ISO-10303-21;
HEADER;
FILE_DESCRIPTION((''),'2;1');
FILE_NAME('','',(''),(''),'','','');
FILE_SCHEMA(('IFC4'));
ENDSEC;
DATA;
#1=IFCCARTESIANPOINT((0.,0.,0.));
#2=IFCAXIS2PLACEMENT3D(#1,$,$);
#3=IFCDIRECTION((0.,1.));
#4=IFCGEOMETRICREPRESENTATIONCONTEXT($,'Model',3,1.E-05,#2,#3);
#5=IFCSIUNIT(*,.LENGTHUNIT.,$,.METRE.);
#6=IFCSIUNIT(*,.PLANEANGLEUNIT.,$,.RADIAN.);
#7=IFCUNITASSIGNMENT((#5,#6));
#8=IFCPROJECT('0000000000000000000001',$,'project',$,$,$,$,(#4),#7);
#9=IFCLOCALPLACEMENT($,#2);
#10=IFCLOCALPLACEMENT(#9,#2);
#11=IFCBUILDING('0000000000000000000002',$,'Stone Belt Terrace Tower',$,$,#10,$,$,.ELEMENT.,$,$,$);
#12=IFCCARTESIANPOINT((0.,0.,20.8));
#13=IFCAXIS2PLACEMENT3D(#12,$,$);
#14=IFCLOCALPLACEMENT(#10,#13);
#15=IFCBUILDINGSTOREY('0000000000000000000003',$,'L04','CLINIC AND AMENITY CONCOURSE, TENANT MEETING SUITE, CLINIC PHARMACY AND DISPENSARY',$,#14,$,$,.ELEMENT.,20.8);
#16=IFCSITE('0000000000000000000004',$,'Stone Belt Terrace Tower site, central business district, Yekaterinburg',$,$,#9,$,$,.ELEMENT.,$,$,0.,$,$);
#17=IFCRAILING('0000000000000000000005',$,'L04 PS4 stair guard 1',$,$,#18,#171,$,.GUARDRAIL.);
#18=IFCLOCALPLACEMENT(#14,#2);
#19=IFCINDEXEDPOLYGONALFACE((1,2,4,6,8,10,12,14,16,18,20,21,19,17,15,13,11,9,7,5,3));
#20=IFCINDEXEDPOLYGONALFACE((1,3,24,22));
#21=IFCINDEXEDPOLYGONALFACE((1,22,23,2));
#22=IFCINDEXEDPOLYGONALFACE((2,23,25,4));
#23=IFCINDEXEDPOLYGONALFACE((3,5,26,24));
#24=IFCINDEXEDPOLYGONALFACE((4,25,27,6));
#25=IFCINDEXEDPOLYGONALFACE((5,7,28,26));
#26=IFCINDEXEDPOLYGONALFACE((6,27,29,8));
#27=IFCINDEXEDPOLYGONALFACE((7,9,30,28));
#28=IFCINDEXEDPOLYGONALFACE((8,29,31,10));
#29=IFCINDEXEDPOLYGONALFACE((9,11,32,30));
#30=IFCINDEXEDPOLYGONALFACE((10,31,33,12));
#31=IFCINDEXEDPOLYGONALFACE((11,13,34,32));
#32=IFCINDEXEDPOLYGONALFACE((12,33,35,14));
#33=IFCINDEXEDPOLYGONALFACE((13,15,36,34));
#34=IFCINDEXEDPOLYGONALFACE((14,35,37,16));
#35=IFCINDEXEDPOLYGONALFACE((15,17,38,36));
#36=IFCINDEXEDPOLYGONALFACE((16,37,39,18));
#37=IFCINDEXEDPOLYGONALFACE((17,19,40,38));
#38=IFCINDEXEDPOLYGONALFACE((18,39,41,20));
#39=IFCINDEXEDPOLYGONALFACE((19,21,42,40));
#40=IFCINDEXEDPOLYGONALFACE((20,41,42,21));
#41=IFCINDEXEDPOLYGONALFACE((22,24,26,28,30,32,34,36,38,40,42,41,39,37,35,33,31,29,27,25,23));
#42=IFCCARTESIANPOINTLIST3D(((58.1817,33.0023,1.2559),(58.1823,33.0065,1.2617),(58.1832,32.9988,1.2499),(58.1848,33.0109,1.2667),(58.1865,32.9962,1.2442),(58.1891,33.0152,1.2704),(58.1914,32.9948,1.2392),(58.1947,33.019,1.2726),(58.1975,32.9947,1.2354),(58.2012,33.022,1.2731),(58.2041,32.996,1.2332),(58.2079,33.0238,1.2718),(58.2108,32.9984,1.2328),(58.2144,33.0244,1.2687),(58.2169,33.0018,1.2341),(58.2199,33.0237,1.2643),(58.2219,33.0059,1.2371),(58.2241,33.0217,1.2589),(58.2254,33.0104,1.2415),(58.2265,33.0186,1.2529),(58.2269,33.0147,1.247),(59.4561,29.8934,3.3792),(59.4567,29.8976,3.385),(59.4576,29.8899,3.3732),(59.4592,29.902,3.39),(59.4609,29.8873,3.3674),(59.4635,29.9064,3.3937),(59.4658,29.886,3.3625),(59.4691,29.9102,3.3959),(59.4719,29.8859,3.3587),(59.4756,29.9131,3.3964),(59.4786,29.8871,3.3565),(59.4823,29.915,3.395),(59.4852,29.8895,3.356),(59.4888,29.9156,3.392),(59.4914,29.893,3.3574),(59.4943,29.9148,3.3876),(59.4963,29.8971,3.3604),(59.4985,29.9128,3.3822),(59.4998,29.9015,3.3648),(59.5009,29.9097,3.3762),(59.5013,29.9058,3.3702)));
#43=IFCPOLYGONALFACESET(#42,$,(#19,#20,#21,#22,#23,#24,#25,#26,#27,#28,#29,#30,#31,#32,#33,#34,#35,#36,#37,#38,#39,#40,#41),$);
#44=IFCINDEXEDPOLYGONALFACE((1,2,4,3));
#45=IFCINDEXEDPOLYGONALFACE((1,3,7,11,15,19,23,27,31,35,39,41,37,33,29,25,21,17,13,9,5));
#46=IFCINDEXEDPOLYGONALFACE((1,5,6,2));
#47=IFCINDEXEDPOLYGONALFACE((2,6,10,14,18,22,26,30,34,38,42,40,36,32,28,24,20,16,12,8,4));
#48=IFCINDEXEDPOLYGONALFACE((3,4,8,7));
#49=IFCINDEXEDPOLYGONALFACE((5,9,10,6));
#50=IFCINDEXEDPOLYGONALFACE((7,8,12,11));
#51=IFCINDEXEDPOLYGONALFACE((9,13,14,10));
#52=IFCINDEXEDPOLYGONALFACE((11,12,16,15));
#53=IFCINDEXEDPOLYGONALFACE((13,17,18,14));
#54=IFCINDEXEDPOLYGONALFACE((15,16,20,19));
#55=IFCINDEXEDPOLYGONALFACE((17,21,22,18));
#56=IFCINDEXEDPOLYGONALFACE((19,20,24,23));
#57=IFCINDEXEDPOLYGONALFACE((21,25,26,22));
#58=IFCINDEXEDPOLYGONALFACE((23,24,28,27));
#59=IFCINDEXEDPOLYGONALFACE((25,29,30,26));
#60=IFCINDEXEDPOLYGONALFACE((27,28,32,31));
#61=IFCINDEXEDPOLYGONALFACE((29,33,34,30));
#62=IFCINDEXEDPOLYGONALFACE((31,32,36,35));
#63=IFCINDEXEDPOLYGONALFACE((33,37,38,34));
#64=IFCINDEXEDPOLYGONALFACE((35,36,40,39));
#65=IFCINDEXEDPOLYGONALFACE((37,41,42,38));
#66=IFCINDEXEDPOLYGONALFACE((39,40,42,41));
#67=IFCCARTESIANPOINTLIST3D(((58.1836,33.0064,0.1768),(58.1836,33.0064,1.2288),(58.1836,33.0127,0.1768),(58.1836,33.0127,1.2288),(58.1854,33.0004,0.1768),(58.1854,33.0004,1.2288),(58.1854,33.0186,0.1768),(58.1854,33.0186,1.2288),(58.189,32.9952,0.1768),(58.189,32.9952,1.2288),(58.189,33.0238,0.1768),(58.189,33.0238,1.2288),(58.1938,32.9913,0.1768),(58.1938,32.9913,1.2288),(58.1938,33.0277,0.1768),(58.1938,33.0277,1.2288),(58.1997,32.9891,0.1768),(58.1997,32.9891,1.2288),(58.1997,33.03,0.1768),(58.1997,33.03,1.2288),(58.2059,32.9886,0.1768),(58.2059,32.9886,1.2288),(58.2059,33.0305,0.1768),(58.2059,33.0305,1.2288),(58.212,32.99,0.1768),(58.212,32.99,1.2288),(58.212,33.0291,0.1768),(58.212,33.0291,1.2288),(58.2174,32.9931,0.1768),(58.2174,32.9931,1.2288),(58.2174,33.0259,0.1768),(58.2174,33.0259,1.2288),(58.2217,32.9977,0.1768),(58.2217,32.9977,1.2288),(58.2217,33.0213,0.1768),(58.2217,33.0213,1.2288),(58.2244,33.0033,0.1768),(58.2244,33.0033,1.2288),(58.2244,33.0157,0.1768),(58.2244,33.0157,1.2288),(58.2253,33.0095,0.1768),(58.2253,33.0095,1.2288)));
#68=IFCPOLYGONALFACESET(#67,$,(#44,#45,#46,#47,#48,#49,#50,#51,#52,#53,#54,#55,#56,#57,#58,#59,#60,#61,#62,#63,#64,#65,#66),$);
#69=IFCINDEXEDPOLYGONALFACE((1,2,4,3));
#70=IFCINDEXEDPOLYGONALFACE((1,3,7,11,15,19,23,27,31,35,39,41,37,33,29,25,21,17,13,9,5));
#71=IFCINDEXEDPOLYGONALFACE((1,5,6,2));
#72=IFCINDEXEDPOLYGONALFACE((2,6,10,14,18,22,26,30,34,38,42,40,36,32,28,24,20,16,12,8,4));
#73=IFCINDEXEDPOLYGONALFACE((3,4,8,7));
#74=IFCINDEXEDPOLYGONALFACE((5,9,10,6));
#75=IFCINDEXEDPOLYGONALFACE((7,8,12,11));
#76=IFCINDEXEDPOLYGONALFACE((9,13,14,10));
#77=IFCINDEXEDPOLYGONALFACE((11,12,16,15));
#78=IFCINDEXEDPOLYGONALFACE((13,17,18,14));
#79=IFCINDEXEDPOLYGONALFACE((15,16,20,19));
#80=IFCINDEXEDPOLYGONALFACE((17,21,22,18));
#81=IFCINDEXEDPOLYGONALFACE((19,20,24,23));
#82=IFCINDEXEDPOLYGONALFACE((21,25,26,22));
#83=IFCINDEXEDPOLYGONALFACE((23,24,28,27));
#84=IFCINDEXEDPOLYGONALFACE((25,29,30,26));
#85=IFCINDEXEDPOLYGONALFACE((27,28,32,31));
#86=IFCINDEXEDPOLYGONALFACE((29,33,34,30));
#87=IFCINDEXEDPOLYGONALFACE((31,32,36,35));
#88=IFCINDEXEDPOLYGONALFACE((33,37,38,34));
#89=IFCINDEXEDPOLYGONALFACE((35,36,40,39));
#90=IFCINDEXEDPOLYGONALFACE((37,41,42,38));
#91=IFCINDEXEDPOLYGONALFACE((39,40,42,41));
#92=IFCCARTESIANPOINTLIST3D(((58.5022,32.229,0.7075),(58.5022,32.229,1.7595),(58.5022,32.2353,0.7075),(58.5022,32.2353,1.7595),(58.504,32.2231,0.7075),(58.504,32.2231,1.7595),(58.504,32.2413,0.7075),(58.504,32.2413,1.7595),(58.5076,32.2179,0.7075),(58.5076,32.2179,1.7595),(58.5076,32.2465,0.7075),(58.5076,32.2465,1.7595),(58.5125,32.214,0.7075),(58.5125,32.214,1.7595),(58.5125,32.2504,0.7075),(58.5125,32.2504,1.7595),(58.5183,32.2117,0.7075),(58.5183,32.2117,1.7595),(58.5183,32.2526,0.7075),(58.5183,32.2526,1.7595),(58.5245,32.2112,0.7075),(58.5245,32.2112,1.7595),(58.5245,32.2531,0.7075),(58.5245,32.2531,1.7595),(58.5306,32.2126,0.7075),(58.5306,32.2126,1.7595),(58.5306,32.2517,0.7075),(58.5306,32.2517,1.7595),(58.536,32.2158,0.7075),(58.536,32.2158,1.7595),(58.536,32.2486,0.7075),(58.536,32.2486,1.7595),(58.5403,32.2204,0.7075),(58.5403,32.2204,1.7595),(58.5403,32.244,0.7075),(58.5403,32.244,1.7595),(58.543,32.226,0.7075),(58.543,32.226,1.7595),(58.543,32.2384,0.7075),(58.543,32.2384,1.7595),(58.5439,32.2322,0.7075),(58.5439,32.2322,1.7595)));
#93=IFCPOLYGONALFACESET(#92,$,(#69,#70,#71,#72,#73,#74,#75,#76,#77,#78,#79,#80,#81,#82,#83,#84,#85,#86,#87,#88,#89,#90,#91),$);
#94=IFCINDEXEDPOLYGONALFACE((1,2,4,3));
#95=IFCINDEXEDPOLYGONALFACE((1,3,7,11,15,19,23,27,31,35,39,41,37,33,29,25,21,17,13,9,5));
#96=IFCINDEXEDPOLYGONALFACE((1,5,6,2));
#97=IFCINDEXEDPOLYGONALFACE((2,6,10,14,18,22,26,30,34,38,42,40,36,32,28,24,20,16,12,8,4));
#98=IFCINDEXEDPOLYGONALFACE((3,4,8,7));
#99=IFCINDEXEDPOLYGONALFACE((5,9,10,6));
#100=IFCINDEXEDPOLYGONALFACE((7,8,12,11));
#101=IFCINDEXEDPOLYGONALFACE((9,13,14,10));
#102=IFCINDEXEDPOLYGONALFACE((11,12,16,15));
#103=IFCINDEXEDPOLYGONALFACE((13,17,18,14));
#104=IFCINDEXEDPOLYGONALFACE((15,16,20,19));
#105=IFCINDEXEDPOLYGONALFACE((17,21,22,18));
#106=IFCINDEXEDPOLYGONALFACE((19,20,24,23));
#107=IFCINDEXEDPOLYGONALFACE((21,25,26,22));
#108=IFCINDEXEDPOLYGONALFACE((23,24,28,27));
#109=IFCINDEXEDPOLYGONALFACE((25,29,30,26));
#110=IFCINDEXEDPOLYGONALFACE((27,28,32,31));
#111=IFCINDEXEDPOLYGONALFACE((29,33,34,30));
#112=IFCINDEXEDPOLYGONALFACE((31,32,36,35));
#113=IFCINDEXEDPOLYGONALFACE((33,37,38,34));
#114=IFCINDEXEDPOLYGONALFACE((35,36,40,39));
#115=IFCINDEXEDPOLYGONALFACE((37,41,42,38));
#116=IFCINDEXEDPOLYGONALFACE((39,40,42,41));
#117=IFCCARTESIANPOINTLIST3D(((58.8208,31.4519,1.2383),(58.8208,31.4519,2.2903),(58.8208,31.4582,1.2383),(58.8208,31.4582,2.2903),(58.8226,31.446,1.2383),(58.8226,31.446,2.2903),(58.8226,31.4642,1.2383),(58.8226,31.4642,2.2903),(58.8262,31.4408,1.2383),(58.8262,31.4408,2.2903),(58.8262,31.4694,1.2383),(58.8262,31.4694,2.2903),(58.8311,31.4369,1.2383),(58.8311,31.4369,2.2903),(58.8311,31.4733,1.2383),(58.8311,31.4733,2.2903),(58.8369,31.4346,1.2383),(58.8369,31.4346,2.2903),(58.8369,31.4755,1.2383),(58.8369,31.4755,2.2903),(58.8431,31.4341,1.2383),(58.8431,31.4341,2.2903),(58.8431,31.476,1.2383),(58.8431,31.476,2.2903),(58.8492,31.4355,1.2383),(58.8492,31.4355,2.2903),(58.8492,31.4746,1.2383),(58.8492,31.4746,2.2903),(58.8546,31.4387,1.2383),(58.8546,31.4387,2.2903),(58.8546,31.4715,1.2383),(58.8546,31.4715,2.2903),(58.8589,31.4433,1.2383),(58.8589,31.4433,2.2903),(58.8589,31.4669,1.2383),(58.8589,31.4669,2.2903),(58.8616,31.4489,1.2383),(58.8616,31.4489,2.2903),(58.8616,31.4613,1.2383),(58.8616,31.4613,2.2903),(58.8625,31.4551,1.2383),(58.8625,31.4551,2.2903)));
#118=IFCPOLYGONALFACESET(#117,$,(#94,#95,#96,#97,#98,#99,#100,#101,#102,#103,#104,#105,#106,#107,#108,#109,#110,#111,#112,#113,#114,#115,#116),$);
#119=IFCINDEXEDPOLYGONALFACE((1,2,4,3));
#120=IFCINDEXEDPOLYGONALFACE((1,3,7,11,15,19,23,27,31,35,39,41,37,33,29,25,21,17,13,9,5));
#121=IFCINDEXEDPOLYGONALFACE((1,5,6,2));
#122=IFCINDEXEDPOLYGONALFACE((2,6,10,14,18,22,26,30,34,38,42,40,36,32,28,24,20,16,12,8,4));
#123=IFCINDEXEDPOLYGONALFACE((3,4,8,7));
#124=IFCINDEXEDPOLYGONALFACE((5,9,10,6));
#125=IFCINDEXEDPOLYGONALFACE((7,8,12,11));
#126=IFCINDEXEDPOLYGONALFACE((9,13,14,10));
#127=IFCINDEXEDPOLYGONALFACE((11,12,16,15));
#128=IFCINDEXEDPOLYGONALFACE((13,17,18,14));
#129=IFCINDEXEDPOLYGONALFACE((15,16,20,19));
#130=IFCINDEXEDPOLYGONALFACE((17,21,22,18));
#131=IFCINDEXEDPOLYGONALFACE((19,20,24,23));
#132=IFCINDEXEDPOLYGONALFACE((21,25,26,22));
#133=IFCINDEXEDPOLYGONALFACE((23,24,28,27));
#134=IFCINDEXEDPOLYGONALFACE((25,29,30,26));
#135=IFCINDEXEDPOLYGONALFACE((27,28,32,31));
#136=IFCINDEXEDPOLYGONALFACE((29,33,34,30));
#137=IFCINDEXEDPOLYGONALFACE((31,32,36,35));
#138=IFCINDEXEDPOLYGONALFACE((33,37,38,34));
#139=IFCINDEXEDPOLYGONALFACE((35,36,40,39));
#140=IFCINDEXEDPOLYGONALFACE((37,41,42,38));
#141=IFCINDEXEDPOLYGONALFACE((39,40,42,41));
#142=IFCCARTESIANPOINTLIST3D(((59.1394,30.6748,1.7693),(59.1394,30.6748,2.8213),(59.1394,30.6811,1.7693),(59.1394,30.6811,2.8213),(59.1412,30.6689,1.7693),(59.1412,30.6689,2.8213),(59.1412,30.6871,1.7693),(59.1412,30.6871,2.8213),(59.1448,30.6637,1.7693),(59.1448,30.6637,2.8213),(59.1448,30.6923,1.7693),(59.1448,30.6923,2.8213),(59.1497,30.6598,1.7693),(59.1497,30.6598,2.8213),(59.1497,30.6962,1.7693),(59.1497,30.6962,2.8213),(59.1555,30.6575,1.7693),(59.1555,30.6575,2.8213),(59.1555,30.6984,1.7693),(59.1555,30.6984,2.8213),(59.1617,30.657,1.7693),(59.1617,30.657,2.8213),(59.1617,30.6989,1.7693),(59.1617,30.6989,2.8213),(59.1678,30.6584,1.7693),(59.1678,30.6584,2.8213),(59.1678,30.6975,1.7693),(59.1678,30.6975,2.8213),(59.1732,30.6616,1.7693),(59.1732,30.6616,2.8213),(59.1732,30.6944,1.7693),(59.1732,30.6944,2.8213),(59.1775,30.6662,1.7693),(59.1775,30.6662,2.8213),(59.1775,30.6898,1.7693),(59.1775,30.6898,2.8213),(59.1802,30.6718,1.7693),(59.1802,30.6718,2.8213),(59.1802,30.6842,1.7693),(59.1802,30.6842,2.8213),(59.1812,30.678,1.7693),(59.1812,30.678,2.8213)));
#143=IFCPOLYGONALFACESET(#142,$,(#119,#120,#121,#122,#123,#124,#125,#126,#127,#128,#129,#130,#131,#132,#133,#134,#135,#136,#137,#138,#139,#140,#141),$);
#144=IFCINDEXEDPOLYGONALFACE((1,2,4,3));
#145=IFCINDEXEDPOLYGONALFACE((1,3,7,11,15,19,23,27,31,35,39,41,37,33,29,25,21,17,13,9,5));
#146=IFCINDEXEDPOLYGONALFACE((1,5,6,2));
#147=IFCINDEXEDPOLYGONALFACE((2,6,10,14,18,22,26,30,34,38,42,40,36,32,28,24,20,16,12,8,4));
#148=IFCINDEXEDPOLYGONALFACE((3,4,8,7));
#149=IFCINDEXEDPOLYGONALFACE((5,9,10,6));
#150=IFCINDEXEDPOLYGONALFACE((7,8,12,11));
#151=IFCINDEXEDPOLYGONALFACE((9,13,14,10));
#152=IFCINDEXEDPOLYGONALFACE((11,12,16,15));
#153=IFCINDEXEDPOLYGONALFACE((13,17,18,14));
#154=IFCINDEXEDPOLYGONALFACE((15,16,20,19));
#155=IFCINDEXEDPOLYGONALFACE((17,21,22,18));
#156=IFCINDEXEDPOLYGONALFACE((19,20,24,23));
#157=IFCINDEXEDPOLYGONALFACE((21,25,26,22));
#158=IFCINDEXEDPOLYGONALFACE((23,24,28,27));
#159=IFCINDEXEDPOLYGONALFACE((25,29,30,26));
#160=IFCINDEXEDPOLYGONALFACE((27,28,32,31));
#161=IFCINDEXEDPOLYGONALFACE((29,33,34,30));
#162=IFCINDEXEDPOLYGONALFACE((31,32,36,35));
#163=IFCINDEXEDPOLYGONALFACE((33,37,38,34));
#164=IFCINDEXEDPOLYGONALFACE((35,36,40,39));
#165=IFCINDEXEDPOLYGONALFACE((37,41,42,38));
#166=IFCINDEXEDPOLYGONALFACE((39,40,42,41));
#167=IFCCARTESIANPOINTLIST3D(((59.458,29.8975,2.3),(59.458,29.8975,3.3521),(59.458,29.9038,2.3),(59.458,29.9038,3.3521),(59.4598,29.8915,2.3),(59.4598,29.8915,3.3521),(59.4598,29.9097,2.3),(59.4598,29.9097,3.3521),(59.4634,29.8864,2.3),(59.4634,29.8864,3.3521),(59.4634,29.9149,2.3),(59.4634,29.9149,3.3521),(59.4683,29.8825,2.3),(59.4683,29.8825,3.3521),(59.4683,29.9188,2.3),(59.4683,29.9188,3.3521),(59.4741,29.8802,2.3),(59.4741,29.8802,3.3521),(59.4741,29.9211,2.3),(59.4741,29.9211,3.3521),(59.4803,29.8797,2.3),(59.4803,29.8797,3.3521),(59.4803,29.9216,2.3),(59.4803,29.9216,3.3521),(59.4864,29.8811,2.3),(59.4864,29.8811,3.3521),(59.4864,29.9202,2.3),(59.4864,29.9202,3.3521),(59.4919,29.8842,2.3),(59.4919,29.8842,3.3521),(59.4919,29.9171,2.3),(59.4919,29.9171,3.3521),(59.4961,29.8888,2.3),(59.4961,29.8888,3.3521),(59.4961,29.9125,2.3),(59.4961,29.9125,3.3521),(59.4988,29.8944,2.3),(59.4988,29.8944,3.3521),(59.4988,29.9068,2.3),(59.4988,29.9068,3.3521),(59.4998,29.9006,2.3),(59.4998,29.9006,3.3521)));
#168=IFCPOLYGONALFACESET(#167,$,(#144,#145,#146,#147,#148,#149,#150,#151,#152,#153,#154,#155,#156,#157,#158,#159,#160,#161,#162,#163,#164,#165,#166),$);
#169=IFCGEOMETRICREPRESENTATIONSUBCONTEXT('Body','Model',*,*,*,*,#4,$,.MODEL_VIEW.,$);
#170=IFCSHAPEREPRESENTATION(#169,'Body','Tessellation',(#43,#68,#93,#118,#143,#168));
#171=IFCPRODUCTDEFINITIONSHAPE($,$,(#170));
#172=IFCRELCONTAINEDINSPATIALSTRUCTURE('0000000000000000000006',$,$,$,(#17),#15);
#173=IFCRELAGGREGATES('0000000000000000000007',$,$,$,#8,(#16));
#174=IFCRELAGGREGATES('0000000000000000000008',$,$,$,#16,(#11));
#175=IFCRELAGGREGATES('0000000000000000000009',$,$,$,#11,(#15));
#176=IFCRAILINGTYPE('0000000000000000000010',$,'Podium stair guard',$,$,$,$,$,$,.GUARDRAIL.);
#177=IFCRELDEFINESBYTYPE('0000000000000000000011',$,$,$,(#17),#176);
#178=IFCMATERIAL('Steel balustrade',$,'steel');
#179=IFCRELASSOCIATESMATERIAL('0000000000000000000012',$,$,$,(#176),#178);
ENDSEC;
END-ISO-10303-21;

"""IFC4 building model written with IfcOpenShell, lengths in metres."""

from ifc_helpers import new_model, si_unit, direction, frame, origin, origin_2d, place, context, subcontext, project, spatial, circle, extrude, material, type_object, element, save


model = new_model("IFC4")

# Units and contexts
model_context = context("Model", 3, precision=1e-05, world=origin(), true_north=direction((0.0, 1.0)))
body_context = subcontext(model_context, "Body", "Model", "MODEL_VIEW")
ifc_project = project(units=[si_unit("LENGTHUNIT", "METRE"), si_unit("PLANEANGLEUNIT", "RADIAN")], contexts=[model_context])

# Site, building, storey
site_placement = place(None, origin())
site = spatial("IfcSite", under=ifc_project, at=site_placement, Name="Stone Belt Terrace Tower site, central business district, Yekaterinburg", CompositionType="ELEMENT", RefElevation=0.0)
building_placement = place(site_placement, origin())
building = spatial("IfcBuilding", under=site, at=building_placement, Name="Stone Belt Terrace Tower", CompositionType="ELEMENT")
storey_placement = place(building_placement, frame((0.0, 0.0, 20.8)))
storey = spatial("IfcBuildingStorey", under=building, at=storey_placement, Name="L04", Description="CLINIC AND AMENITY CONCOURSE, TENANT MEETING SUITE, CLINIC PHARMACY AND DISPENSARY", CompositionType="ELEMENT", Elevation=20.8)

# Railing
ifc_material_1 = material(Name="Steel balustrade", Category="steel")
railing_type_1 = type_object("IfcRailingType", Name="Podium stair guard", PredefinedType="GUARDRAIL", material=ifc_material_1)
railing_1_placement = place(storey_placement, frame((58.2043, 33.0095, 0.1768)))
element("IfcRailing", 1, at=railing_1_placement, inside=storey, type_object=railing_type_1, Name="L04 PS4 stair guard 1", PredefinedType="GUARDRAIL", context=body_context, shape_type="SweptSolid", body=[
    extrude(circle(Radius=0.0239, at=origin_2d()), frame((0.0, 0.0, 1.0762), z_axis=(0.320637, -0.782183, 0.534211), x_axis=(0.925276, 0.379295, 0.0)), (0.0, 0.0, 1.0), 3.9746),
    extrude(circle(Radius=0.021, at=origin_2d()), origin(), (0.0, 0.0, 1.0), 1.052),
    extrude(circle(Radius=0.021, at=origin_2d()), frame((0.3186, -0.7773, 0.5308)), (0.0, 0.0, 1.0), 1.052),
    extrude(circle(Radius=0.021, at=origin_2d()), frame((0.6372, -1.5544, 1.0615)), (0.0, 0.0, 1.0), 1.052),
    extrude(circle(Radius=0.021, at=origin_2d()), frame((0.9558, -2.3315, 1.5925)), (0.0, 0.0, 1.0), 1.052),
    extrude(circle(Radius=0.021, at=origin_2d()), frame((1.2744, -3.1089, 2.1233)), (0.0, 0.0, 1.0), 1.052),
])

save(model, "model.ifc")
